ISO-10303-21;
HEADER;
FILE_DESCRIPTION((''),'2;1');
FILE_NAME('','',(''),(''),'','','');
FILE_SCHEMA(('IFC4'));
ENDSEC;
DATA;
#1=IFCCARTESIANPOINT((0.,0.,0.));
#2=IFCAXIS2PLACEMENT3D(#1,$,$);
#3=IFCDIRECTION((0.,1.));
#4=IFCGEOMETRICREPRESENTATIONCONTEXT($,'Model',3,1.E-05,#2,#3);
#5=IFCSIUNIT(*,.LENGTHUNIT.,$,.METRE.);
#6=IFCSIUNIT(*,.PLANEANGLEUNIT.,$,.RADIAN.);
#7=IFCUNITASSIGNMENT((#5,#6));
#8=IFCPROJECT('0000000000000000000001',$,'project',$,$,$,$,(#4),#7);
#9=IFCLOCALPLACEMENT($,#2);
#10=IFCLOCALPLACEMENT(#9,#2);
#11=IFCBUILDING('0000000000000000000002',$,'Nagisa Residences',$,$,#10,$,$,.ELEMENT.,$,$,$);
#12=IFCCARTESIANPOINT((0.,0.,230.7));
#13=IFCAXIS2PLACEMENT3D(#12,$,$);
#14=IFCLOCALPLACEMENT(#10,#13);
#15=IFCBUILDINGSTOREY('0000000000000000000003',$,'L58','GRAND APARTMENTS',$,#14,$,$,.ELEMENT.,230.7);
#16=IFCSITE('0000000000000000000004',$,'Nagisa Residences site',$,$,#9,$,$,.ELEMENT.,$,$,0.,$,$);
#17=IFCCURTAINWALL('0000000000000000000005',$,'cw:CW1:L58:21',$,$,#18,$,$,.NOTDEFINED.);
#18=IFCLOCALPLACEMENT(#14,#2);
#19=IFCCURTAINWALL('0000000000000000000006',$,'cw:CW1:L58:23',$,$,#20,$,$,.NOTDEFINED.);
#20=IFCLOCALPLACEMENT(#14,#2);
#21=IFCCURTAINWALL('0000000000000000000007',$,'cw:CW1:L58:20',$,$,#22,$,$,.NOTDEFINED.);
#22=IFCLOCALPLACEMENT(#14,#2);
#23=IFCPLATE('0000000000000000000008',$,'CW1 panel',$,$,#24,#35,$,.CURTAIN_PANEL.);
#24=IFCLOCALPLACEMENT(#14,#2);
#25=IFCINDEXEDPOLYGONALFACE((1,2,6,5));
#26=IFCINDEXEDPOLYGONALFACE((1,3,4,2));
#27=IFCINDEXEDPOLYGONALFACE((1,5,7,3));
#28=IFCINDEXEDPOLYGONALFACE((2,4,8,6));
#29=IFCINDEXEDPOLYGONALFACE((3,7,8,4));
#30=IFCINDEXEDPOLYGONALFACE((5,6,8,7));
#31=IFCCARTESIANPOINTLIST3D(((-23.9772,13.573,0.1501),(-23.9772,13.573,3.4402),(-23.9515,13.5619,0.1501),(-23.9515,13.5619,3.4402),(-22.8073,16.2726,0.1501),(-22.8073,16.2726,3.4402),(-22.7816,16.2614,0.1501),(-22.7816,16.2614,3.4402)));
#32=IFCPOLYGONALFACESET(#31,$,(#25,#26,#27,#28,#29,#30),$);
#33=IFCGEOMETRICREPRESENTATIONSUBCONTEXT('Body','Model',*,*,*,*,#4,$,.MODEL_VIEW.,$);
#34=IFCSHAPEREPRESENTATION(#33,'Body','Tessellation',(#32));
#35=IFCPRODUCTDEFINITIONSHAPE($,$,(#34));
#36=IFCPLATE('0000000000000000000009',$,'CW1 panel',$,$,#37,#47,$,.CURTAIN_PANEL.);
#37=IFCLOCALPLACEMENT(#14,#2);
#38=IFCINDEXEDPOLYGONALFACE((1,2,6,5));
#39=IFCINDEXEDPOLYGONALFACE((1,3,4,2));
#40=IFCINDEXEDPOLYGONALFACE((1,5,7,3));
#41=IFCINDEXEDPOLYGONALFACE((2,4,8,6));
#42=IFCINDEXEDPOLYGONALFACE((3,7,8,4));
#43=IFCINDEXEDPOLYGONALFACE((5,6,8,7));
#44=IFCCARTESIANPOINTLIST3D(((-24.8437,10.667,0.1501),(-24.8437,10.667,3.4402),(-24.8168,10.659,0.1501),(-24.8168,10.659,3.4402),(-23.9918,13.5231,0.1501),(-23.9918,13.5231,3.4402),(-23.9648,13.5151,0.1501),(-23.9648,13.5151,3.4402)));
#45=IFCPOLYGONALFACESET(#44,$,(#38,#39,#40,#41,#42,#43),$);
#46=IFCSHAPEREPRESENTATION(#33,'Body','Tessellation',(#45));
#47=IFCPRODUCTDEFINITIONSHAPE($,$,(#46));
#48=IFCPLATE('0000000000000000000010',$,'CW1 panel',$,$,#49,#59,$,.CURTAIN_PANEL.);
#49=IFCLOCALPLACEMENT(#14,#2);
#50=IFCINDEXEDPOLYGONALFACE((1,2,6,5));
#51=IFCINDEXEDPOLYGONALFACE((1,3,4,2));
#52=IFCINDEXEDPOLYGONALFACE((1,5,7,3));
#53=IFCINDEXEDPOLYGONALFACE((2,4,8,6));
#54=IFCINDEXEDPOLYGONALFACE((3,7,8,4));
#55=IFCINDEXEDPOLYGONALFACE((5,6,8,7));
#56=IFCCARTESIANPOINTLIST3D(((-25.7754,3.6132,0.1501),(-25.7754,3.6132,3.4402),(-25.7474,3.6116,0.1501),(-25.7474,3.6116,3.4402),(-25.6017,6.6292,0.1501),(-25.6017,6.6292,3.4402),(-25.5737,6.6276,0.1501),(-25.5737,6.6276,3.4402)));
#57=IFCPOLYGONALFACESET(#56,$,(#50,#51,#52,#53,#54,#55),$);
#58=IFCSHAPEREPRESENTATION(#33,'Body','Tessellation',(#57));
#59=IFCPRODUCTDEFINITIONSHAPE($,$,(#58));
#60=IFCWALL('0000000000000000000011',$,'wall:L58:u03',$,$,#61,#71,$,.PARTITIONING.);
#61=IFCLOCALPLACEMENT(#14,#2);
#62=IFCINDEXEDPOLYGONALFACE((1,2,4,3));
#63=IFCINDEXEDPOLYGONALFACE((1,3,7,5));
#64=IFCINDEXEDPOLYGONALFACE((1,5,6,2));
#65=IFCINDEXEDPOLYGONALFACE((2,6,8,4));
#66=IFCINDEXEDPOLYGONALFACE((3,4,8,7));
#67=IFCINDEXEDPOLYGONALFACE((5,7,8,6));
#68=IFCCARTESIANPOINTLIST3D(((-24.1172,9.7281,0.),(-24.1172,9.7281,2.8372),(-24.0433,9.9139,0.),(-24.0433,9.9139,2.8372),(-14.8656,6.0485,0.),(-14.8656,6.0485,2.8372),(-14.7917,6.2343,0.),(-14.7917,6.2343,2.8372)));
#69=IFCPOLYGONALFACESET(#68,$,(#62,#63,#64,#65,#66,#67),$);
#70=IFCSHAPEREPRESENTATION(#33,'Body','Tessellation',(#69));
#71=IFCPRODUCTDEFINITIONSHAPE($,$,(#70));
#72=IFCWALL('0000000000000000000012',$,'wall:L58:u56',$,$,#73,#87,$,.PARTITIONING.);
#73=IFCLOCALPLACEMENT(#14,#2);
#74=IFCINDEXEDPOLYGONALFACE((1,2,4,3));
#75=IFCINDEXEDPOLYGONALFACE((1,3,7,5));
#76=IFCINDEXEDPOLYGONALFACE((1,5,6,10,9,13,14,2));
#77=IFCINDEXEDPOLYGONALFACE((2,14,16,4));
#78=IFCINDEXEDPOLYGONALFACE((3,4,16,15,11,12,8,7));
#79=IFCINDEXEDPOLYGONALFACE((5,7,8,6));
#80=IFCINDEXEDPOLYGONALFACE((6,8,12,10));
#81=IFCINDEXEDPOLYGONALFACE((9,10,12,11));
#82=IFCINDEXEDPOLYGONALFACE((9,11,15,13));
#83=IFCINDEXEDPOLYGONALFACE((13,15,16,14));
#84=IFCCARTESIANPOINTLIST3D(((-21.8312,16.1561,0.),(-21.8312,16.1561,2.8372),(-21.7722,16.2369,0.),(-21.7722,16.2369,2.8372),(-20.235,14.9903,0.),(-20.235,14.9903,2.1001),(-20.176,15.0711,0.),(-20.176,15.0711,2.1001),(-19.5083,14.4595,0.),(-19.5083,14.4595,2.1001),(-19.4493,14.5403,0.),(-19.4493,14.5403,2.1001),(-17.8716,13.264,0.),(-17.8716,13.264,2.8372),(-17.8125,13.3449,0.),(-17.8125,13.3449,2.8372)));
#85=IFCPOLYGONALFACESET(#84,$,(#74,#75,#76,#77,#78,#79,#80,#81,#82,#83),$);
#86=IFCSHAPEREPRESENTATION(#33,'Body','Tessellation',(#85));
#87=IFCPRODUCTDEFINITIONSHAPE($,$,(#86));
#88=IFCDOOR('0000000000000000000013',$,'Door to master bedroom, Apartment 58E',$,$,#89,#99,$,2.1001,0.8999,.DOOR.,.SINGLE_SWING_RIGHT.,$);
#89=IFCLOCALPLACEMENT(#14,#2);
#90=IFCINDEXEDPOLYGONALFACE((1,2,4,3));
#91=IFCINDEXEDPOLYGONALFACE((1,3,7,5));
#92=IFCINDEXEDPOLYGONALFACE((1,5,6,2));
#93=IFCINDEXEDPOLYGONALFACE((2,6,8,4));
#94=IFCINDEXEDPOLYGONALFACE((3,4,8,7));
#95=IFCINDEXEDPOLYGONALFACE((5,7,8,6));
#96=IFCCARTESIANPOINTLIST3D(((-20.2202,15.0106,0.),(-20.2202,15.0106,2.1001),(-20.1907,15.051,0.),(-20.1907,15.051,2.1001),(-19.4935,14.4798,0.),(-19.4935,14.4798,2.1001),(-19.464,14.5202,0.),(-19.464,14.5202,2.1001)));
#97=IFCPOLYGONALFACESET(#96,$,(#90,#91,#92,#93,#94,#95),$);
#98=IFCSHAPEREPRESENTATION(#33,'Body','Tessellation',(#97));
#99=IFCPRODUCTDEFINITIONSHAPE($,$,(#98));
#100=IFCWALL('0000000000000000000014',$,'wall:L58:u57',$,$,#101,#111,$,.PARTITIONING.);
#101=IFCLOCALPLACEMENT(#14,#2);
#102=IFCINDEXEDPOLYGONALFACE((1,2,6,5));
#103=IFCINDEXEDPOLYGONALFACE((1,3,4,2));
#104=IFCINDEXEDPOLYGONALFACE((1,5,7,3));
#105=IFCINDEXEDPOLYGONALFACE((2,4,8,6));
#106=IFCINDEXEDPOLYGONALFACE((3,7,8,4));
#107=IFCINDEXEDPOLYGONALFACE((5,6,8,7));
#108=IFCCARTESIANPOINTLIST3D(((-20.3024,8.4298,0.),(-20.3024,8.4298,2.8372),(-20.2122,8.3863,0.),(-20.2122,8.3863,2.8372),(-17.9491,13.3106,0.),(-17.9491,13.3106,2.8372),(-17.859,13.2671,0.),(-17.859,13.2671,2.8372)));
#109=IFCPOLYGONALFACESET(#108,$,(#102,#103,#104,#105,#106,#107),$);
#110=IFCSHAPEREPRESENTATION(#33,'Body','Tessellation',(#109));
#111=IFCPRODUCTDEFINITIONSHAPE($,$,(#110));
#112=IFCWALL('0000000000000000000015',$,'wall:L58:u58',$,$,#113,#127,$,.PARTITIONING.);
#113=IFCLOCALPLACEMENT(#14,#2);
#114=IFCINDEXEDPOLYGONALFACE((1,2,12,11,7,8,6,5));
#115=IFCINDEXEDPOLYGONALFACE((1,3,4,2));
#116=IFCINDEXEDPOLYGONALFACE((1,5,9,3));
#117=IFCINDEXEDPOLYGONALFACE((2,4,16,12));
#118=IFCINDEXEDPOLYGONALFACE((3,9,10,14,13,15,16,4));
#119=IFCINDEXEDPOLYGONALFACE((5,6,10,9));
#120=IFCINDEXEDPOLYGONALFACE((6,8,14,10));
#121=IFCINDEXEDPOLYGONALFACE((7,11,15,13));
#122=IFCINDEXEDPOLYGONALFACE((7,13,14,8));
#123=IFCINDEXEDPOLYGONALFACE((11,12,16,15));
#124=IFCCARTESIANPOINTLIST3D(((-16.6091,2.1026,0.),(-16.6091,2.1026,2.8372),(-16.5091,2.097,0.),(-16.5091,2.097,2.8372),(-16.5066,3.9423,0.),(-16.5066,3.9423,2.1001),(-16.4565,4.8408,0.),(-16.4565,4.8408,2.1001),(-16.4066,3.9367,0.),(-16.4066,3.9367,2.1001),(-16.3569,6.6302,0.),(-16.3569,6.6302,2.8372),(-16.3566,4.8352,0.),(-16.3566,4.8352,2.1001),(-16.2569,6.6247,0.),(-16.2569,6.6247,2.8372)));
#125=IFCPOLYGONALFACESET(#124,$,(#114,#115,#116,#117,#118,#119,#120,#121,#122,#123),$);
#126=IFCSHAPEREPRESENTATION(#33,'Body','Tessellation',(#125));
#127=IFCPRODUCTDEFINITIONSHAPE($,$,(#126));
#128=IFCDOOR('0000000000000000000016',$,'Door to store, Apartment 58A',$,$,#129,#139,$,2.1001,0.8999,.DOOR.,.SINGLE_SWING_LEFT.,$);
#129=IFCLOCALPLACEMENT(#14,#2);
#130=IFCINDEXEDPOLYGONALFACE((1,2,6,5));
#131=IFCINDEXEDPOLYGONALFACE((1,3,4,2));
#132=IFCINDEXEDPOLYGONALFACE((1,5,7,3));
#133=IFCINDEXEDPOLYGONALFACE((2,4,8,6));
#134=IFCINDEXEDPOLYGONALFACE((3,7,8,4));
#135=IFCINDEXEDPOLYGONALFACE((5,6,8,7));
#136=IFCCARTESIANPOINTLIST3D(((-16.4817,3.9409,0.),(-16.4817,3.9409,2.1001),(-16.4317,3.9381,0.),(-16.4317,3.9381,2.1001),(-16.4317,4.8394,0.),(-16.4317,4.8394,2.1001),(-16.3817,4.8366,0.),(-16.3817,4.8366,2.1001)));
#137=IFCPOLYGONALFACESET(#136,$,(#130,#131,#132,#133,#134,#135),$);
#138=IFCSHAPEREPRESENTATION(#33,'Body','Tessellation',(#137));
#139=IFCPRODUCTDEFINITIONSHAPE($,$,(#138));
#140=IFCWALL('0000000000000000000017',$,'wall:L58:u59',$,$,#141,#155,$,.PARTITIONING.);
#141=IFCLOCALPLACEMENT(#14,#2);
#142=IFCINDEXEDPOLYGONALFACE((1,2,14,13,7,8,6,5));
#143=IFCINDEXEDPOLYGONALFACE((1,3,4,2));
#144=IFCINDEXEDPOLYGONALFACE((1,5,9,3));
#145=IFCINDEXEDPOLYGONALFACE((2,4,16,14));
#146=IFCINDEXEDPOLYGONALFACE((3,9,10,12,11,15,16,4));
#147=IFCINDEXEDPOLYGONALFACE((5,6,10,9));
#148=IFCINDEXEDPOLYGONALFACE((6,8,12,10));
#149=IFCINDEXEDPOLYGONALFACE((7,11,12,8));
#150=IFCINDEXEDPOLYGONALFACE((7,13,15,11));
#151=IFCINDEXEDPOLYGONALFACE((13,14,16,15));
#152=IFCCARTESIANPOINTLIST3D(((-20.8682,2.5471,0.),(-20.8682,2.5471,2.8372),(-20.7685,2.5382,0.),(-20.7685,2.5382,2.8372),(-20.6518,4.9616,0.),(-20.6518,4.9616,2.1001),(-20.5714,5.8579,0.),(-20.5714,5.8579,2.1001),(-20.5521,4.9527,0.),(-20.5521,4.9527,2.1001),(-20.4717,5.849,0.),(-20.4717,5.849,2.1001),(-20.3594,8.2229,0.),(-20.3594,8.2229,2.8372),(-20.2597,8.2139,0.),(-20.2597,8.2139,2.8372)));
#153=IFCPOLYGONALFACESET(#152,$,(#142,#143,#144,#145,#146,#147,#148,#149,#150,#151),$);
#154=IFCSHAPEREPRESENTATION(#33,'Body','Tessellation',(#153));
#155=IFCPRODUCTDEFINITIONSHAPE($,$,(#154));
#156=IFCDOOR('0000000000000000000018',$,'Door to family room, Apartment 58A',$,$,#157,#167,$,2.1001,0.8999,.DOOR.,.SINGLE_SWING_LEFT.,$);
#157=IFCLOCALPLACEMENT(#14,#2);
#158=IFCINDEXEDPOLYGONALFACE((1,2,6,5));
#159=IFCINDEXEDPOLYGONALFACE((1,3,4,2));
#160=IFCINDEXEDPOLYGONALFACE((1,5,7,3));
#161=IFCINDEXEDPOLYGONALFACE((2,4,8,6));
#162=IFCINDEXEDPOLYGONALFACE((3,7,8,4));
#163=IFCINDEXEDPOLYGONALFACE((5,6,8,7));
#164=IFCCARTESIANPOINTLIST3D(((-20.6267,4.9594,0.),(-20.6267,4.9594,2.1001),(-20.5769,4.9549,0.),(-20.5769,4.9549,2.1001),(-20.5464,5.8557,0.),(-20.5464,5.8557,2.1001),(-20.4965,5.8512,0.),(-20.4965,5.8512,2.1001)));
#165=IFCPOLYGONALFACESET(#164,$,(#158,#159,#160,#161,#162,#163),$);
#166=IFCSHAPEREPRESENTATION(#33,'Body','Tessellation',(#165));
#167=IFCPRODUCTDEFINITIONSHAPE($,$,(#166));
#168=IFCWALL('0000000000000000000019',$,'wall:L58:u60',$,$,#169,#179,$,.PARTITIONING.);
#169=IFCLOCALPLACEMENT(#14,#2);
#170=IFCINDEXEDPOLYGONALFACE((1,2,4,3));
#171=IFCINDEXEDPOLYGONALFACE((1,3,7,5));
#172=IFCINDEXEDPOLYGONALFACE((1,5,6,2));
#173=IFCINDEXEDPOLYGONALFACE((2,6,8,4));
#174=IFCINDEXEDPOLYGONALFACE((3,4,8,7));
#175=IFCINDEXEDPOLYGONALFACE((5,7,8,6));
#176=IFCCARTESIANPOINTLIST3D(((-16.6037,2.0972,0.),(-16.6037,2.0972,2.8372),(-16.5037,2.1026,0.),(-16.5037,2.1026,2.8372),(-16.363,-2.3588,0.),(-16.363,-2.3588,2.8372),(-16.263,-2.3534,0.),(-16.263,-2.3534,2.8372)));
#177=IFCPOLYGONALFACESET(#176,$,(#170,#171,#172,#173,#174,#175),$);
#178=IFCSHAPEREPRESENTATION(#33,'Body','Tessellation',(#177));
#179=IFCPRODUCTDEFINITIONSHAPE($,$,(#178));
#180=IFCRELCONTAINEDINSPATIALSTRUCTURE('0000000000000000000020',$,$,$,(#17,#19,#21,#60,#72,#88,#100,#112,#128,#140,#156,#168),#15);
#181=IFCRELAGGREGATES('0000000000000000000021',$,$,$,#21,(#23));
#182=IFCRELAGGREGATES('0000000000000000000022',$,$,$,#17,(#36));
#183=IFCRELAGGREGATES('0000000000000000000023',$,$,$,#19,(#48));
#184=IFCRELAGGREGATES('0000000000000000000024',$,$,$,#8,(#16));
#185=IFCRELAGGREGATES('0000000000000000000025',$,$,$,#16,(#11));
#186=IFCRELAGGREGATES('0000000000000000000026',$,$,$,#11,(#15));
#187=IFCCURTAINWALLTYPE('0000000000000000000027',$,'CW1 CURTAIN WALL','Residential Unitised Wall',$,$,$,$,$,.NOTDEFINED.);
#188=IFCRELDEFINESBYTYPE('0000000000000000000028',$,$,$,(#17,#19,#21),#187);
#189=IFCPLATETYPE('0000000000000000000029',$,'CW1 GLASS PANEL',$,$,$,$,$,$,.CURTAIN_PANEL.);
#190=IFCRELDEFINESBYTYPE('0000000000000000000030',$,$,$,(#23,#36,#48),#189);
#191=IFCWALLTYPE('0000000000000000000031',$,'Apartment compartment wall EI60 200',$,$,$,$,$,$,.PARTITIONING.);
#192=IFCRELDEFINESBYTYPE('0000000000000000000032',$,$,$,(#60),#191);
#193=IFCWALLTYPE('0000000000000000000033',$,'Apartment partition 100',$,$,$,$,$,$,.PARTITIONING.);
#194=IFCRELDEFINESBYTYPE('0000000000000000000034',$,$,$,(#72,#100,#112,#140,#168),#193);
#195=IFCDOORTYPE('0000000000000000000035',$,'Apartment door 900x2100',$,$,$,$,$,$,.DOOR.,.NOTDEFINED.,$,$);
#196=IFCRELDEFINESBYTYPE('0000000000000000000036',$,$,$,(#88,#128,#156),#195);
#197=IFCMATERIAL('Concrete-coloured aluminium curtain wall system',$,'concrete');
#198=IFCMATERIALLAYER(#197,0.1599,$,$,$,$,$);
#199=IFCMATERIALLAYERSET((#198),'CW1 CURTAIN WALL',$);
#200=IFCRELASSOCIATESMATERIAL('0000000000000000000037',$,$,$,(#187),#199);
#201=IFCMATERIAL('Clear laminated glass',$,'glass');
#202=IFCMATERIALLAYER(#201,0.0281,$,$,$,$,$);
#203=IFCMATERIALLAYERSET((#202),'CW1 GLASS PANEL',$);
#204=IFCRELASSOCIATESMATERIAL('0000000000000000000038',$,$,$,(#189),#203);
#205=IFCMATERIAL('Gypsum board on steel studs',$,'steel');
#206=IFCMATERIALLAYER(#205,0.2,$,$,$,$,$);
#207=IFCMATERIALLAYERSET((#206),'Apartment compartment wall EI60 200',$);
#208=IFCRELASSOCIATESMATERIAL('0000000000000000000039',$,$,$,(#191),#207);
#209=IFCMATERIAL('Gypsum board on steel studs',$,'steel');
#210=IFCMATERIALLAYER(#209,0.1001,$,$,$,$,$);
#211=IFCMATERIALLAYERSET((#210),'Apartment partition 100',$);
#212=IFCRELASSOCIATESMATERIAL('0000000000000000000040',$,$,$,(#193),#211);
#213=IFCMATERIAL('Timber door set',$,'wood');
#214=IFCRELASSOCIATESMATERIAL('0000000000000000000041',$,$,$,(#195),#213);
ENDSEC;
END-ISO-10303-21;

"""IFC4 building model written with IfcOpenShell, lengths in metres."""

from ifc_helpers import new_model, si_unit, direction, frame, frame_2d, origin, origin_2d, place, context, subcontext, project, spatial, rectangle, extrude, material, layer, layer_set, type_object, element, fill, aggregate, save


model = new_model("IFC4")

# Units and contexts
model_context = context("Model", 3, precision=1e-05, world=origin(), true_north=direction((0.0, 1.0)))
body_context = subcontext(model_context, "Body", "Model", "MODEL_VIEW")
ifc_project = project(units=[si_unit("LENGTHUNIT", "METRE"), si_unit("PLANEANGLEUNIT", "RADIAN")], contexts=[model_context])

# Site, building, storey
site_placement = place(None, origin())
site = spatial("IfcSite", under=ifc_project, at=site_placement, Name="Nagisa Residences site", CompositionType="ELEMENT", RefElevation=0.0)
building_placement = place(site_placement, origin())
building = spatial("IfcBuilding", under=site, at=building_placement, Name="Nagisa Residences", CompositionType="ELEMENT")
storey_placement = place(building_placement, frame((0.0, 0.0, 230.7)))
storey = spatial("IfcBuildingStorey", under=building, at=storey_placement, Name="L58", Description="GRAND APARTMENTS", CompositionType="ELEMENT", Elevation=230.7)

# Curtain walls
ifc_material_1 = material(Name="Concrete-coloured aluminium curtain wall system", Category="concrete")
ifc_layer_1 = layer(ifc_material_1, 0.1599)
ifc_layer_set_1 = layer_set([ifc_layer_1], Name="CW1 CURTAIN WALL")
curtain_wall_type = type_object("IfcCurtainWallType", Name="CW1 CURTAIN WALL", Description="Residential Unitised Wall", PredefinedType="NOTDEFINED", material=ifc_layer_set_1)
curtain_wall_1_placement = place(storey_placement, origin())
curtain_wall_1 = element("IfcCurtainWall", 1, at=curtain_wall_1_placement, inside=storey, type_object=curtain_wall_type, Name="cw:CW1:L58:21", PredefinedType="NOTDEFINED")
curtain_wall_2_placement = place(storey_placement, origin())
curtain_wall_2 = element("IfcCurtainWall", 2, at=curtain_wall_2_placement, inside=storey, type_object=curtain_wall_type, Name="cw:CW1:L58:23", PredefinedType="NOTDEFINED")

# Curtain wall, plate
curtain_wall_3_placement = place(storey_placement, origin())
curtain_wall_3 = element("IfcCurtainWall", 3, at=curtain_wall_3_placement, inside=storey, type_object=curtain_wall_type, Name="cw:CW1:L58:20", PredefinedType="NOTDEFINED")
ifc_material_2 = material(Name="Clear laminated glass", Category="glass")
ifc_layer_2 = layer(ifc_material_2, 0.0281)
ifc_layer_set_2 = layer_set([ifc_layer_2], Name="CW1 GLASS PANEL")
plate_type = type_object("IfcPlateType", Name="CW1 GLASS PANEL", PredefinedType="CURTAIN_PANEL", material=ifc_layer_set_2)
plate_1_placement = place(storey_placement, frame((-23.3794, 14.9172, 0.1501), z_axis=(0.0, 0.0, 1.0), x_axis=(-0.397636, -0.917543, 0.0)))
plate_1 = element("IfcPlate", 4, at=plate_1_placement, type_object=plate_type, Name="CW1 panel", PredefinedType="CURTAIN_PANEL", context=body_context, shape_type="SweptSolid", body=[
    extrude(rectangle(XDim=2.9421, YDim=0.0281, at=origin_2d()), origin(), (0.0, 0.0, 1.0), 3.29),
])
aggregate(curtain_wall_3, [plate_1])

# Plates
plate_2_placement = place(storey_placement, frame((-24.4043, 12.0911, 0.1501), z_axis=(0.0, 0.0, 1.0), x_axis=(-0.28586, -0.958271, 0.0)))
plate_2 = element("IfcPlate", 5, at=plate_2_placement, type_object=plate_type, Name="CW1 panel", PredefinedType="CURTAIN_PANEL", context=body_context, shape_type="SweptSolid", body=[
    extrude(rectangle(XDim=2.9805, YDim=0.0281, at=origin_2d()), origin(), (0.0, 0.0, 1.0), 3.29),
])
aggregate(curtain_wall_1, [plate_2])
plate_3_placement = place(storey_placement, frame((-25.6746, 5.1204, 0.1501), z_axis=(0.0, 0.0, 1.0), x_axis=(-0.057503, -0.998345, 0.0)))
plate_3 = element("IfcPlate", 6, at=plate_3_placement, type_object=plate_type, Name="CW1 panel", PredefinedType="CURTAIN_PANEL", context=body_context, shape_type="SweptSolid", body=[
    extrude(rectangle(XDim=3.021, YDim=0.0281, at=origin_2d()), origin(), (0.0, 0.0, 1.0), 3.29),
])
aggregate(curtain_wall_2, [plate_3])

# Wall
ifc_material_3 = material(Name="Gypsum board on steel studs", Category="steel")
ifc_layer_3 = layer(ifc_material_3, 0.2)
ifc_layer_set_3 = layer_set([ifc_layer_3], Name="Apartment compartment wall EI60 200")
wall_type_1 = type_object("IfcWallType", Name="Apartment compartment wall EI60 200", PredefinedType="PARTITIONING", material=ifc_layer_set_3)
wall_1_placement = place(storey_placement, frame((-14.8286, 6.1414, 0.0), z_axis=(0.0, 0.0, 1.0), x_axis=(-0.929202, 0.369572, 0.0)))
element("IfcWall", 7, at=wall_1_placement, inside=storey, type_object=wall_type_1, Name="wall:L58:u03", PredefinedType="PARTITIONING", context=body_context, shape_type="SweptSolid", body=[
    extrude(rectangle(XDim=9.9565, YDim=0.2, at=frame_2d((4.9783, 0.0))), origin(), (0.0, 0.0, 1.0), 2.8372),
])

# Wall, opening, door
ifc_material_4 = material(Name="Gypsum board on steel studs", Category="steel")
ifc_layer_4 = layer(ifc_material_4, 0.1001)
ifc_layer_set_4 = layer_set([ifc_layer_4], Name="Apartment partition 100")
wall_type_2 = type_object("IfcWallType", Name="Apartment partition 100", PredefinedType="PARTITIONING", material=ifc_layer_set_4)
wall_2_placement = place(storey_placement, frame((-17.842, 13.3044, 0.0), z_axis=(0.0, 0.0, 1.0), x_axis=(-0.807542, 0.589811, 0.0)))
wall_2 = element("IfcWall", 8, at=wall_2_placement, inside=storey, type_object=wall_type_2, Name="wall:L58:u56", PredefinedType="PARTITIONING", context=body_context, shape_type="SweptSolid", body=[
    extrude(rectangle(XDim=4.9033, YDim=0.1001, at=frame_2d((2.4517, 0.0))), origin(), (0.0, 0.0, 1.0), 2.8372),
])
opening_1_placement = place(wall_2_placement, frame((2.0269, 0.0, 0.0)))
opening_1 = element("IfcOpeningElement", 9, at=opening_1_placement, cuts=wall_2, PredefinedType="OPENING", context=body_context, shape_type="SweptSolid", body=[
    extrude(rectangle(XDim=0.8999, YDim=2.1001, at=frame_2d((0.45, 1.05))), frame((0.0, 0.0601, 0.0), z_axis=(0.0, -1.0, 0.0), x_axis=(1.0, 0.0, 0.0)), (0.0, 0.0, 1.0), 0.1201),
])
ifc_material_5 = material(Name="Timber door set", Category="wood")
door_type_1 = type_object("IfcDoorType", Name="Apartment door 900x2100", OperationType="NOTDEFINED", PredefinedType="DOOR", material=ifc_material_5)
door_1_placement = place(opening_1_placement, origin())
door_1 = element("IfcDoor", 10, at=door_1_placement, inside=storey, type_object=door_type_1, Name="Door to master bedroom, Apartment 58E", OperationType="SINGLE_SWING_RIGHT", OverallHeight=2.1001, OverallWidth=0.8999, PredefinedType="DOOR", context=body_context, shape_type="SweptSolid", body=[
    extrude(rectangle(XDim=0.8999, YDim=2.1001, at=frame_2d((0.45, 1.05))), frame((0.0, 0.0249, 0.0), z_axis=(0.0, -1.0, 0.0), x_axis=(1.0, 0.0, 0.0)), (0.0, 0.0, 1.0), 0.05),
])
fill(opening_1, door_1)

# Wall
wall_3_placement = place(storey_placement, frame((-17.9041, 13.2888, 0.0), z_axis=(0.0, 0.0, 1.0), x_axis=(-0.434299, -0.900769, 0.0)))
element("IfcWall", 11, at=wall_3_placement, inside=storey, type_object=wall_type_2, Name="wall:L58:u57", PredefinedType="PARTITIONING", context=body_context, shape_type="SweptSolid", body=[
    extrude(rectangle(XDim=5.4185, YDim=0.1001, at=frame_2d((2.7092, 0.0))), origin(), (0.0, 0.0, 1.0), 2.8372),
])

# Walls, openings, doors
wall_4_placement = place(storey_placement, frame((-16.3069, 6.6274, 0.0), z_axis=(0.0, 0.0, 1.0), x_axis=(-0.055616, -0.998452, 0.0)))
wall_4 = element("IfcWall", 12, at=wall_4_placement, inside=storey, type_object=wall_type_2, Name="wall:L58:u58", PredefinedType="PARTITIONING", context=body_context, shape_type="SweptSolid", body=[
    extrude(rectangle(XDim=4.5347, YDim=0.1001, at=frame_2d((2.2673, 0.0))), origin(), (0.0, 0.0, 1.0), 2.8372),
])
opening_2_placement = place(wall_4_placement, frame((1.7922, 0.0, 0.0)))
opening_2 = element("IfcOpeningElement", 13, at=opening_2_placement, cuts=wall_4, PredefinedType="OPENING", context=body_context, shape_type="SweptSolid", body=[
    extrude(rectangle(XDim=0.8999, YDim=2.1001, at=frame_2d((0.45, 1.05))), frame((0.0, 0.0601, 0.0), z_axis=(0.0, -1.0, 0.0), x_axis=(1.0, 0.0, 0.0)), (0.0, 0.0, 1.0), 0.1201),
])
door_2_placement = place(opening_2_placement, origin())
door_2 = element("IfcDoor", 14, at=door_2_placement, inside=storey, type_object=door_type_1, Name="Door to store, Apartment 58A", OperationType="SINGLE_SWING_LEFT", OverallHeight=2.1001, OverallWidth=0.8999, PredefinedType="DOOR", context=body_context, shape_type="SweptSolid", body=[
    extrude(rectangle(XDim=0.8999, YDim=2.1001, at=frame_2d((0.45, 1.05))), frame((0.0, 0.0249, 0.0), z_axis=(0.0, -1.0, 0.0), x_axis=(1.0, 0.0, 0.0)), (0.0, 0.0, 1.0), 0.05),
])
fill(opening_2, door_2)
wall_5_placement = place(storey_placement, frame((-20.3096, 8.2183, 0.0), z_axis=(0.0, 0.0, 1.0), x_axis=(-0.089284, -0.996006, 0.0)))
wall_5 = element("IfcWall", 15, at=wall_5_placement, inside=storey, type_object=wall_type_2, Name="wall:L58:u59", PredefinedType="PARTITIONING", context=body_context, shape_type="SweptSolid", body=[
    extrude(rectangle(XDim=5.6985, YDim=0.1001, at=frame_2d((2.8491, 0.0))), origin(), (0.0, 0.0, 1.0), 2.8372),
])
opening_3_placement = place(wall_5_placement, frame((2.3743, 0.0, 0.0)))
opening_3 = element("IfcOpeningElement", 16, at=opening_3_placement, cuts=wall_5, PredefinedType="OPENING", context=body_context, shape_type="SweptSolid", body=[
    extrude(rectangle(XDim=0.8999, YDim=2.1001, at=frame_2d((0.45, 1.05))), frame((0.0, 0.0601, 0.0), z_axis=(0.0, -1.0, 0.0), x_axis=(1.0, 0.0, 0.0)), (0.0, 0.0, 1.0), 0.1201),
])
door_3_placement = place(opening_3_placement, frame((0.8999, 0.0, 0.0), x_axis=(-1.0, 0.0, 0.0)))
door_3 = element("IfcDoor", 17, at=door_3_placement, inside=storey, type_object=door_type_1, Name="Door to family room, Apartment 58A", OperationType="SINGLE_SWING_LEFT", OverallHeight=2.1001, OverallWidth=0.8999, PredefinedType="DOOR", context=body_context, shape_type="SweptSolid", body=[
    extrude(rectangle(XDim=0.8999, YDim=2.1001, at=frame_2d((0.45, 1.05))), frame((0.0, 0.0249, 0.0), z_axis=(0.0, -1.0, 0.0), x_axis=(1.0, 0.0, 0.0)), (0.0, 0.0, 1.0), 0.05),
])
fill(opening_3, door_3)

# Wall
wall_6_placement = place(storey_placement, frame((-16.5537, 2.0999, 0.0), z_axis=(0.0, 0.0, 1.0), x_axis=(0.053946, -0.998544, 0.0)))
element("IfcWall", 18, at=wall_6_placement, inside=storey, type_object=wall_type_2, Name="wall:L58:u60", PredefinedType="PARTITIONING", context=body_context, shape_type="SweptSolid", body=[
    extrude(rectangle(XDim=4.4624, YDim=0.1001, at=frame_2d((2.2312, 0.0))), origin(), (0.0, 0.0, 1.0), 2.8372),
])

save(model, "model.ifc")
